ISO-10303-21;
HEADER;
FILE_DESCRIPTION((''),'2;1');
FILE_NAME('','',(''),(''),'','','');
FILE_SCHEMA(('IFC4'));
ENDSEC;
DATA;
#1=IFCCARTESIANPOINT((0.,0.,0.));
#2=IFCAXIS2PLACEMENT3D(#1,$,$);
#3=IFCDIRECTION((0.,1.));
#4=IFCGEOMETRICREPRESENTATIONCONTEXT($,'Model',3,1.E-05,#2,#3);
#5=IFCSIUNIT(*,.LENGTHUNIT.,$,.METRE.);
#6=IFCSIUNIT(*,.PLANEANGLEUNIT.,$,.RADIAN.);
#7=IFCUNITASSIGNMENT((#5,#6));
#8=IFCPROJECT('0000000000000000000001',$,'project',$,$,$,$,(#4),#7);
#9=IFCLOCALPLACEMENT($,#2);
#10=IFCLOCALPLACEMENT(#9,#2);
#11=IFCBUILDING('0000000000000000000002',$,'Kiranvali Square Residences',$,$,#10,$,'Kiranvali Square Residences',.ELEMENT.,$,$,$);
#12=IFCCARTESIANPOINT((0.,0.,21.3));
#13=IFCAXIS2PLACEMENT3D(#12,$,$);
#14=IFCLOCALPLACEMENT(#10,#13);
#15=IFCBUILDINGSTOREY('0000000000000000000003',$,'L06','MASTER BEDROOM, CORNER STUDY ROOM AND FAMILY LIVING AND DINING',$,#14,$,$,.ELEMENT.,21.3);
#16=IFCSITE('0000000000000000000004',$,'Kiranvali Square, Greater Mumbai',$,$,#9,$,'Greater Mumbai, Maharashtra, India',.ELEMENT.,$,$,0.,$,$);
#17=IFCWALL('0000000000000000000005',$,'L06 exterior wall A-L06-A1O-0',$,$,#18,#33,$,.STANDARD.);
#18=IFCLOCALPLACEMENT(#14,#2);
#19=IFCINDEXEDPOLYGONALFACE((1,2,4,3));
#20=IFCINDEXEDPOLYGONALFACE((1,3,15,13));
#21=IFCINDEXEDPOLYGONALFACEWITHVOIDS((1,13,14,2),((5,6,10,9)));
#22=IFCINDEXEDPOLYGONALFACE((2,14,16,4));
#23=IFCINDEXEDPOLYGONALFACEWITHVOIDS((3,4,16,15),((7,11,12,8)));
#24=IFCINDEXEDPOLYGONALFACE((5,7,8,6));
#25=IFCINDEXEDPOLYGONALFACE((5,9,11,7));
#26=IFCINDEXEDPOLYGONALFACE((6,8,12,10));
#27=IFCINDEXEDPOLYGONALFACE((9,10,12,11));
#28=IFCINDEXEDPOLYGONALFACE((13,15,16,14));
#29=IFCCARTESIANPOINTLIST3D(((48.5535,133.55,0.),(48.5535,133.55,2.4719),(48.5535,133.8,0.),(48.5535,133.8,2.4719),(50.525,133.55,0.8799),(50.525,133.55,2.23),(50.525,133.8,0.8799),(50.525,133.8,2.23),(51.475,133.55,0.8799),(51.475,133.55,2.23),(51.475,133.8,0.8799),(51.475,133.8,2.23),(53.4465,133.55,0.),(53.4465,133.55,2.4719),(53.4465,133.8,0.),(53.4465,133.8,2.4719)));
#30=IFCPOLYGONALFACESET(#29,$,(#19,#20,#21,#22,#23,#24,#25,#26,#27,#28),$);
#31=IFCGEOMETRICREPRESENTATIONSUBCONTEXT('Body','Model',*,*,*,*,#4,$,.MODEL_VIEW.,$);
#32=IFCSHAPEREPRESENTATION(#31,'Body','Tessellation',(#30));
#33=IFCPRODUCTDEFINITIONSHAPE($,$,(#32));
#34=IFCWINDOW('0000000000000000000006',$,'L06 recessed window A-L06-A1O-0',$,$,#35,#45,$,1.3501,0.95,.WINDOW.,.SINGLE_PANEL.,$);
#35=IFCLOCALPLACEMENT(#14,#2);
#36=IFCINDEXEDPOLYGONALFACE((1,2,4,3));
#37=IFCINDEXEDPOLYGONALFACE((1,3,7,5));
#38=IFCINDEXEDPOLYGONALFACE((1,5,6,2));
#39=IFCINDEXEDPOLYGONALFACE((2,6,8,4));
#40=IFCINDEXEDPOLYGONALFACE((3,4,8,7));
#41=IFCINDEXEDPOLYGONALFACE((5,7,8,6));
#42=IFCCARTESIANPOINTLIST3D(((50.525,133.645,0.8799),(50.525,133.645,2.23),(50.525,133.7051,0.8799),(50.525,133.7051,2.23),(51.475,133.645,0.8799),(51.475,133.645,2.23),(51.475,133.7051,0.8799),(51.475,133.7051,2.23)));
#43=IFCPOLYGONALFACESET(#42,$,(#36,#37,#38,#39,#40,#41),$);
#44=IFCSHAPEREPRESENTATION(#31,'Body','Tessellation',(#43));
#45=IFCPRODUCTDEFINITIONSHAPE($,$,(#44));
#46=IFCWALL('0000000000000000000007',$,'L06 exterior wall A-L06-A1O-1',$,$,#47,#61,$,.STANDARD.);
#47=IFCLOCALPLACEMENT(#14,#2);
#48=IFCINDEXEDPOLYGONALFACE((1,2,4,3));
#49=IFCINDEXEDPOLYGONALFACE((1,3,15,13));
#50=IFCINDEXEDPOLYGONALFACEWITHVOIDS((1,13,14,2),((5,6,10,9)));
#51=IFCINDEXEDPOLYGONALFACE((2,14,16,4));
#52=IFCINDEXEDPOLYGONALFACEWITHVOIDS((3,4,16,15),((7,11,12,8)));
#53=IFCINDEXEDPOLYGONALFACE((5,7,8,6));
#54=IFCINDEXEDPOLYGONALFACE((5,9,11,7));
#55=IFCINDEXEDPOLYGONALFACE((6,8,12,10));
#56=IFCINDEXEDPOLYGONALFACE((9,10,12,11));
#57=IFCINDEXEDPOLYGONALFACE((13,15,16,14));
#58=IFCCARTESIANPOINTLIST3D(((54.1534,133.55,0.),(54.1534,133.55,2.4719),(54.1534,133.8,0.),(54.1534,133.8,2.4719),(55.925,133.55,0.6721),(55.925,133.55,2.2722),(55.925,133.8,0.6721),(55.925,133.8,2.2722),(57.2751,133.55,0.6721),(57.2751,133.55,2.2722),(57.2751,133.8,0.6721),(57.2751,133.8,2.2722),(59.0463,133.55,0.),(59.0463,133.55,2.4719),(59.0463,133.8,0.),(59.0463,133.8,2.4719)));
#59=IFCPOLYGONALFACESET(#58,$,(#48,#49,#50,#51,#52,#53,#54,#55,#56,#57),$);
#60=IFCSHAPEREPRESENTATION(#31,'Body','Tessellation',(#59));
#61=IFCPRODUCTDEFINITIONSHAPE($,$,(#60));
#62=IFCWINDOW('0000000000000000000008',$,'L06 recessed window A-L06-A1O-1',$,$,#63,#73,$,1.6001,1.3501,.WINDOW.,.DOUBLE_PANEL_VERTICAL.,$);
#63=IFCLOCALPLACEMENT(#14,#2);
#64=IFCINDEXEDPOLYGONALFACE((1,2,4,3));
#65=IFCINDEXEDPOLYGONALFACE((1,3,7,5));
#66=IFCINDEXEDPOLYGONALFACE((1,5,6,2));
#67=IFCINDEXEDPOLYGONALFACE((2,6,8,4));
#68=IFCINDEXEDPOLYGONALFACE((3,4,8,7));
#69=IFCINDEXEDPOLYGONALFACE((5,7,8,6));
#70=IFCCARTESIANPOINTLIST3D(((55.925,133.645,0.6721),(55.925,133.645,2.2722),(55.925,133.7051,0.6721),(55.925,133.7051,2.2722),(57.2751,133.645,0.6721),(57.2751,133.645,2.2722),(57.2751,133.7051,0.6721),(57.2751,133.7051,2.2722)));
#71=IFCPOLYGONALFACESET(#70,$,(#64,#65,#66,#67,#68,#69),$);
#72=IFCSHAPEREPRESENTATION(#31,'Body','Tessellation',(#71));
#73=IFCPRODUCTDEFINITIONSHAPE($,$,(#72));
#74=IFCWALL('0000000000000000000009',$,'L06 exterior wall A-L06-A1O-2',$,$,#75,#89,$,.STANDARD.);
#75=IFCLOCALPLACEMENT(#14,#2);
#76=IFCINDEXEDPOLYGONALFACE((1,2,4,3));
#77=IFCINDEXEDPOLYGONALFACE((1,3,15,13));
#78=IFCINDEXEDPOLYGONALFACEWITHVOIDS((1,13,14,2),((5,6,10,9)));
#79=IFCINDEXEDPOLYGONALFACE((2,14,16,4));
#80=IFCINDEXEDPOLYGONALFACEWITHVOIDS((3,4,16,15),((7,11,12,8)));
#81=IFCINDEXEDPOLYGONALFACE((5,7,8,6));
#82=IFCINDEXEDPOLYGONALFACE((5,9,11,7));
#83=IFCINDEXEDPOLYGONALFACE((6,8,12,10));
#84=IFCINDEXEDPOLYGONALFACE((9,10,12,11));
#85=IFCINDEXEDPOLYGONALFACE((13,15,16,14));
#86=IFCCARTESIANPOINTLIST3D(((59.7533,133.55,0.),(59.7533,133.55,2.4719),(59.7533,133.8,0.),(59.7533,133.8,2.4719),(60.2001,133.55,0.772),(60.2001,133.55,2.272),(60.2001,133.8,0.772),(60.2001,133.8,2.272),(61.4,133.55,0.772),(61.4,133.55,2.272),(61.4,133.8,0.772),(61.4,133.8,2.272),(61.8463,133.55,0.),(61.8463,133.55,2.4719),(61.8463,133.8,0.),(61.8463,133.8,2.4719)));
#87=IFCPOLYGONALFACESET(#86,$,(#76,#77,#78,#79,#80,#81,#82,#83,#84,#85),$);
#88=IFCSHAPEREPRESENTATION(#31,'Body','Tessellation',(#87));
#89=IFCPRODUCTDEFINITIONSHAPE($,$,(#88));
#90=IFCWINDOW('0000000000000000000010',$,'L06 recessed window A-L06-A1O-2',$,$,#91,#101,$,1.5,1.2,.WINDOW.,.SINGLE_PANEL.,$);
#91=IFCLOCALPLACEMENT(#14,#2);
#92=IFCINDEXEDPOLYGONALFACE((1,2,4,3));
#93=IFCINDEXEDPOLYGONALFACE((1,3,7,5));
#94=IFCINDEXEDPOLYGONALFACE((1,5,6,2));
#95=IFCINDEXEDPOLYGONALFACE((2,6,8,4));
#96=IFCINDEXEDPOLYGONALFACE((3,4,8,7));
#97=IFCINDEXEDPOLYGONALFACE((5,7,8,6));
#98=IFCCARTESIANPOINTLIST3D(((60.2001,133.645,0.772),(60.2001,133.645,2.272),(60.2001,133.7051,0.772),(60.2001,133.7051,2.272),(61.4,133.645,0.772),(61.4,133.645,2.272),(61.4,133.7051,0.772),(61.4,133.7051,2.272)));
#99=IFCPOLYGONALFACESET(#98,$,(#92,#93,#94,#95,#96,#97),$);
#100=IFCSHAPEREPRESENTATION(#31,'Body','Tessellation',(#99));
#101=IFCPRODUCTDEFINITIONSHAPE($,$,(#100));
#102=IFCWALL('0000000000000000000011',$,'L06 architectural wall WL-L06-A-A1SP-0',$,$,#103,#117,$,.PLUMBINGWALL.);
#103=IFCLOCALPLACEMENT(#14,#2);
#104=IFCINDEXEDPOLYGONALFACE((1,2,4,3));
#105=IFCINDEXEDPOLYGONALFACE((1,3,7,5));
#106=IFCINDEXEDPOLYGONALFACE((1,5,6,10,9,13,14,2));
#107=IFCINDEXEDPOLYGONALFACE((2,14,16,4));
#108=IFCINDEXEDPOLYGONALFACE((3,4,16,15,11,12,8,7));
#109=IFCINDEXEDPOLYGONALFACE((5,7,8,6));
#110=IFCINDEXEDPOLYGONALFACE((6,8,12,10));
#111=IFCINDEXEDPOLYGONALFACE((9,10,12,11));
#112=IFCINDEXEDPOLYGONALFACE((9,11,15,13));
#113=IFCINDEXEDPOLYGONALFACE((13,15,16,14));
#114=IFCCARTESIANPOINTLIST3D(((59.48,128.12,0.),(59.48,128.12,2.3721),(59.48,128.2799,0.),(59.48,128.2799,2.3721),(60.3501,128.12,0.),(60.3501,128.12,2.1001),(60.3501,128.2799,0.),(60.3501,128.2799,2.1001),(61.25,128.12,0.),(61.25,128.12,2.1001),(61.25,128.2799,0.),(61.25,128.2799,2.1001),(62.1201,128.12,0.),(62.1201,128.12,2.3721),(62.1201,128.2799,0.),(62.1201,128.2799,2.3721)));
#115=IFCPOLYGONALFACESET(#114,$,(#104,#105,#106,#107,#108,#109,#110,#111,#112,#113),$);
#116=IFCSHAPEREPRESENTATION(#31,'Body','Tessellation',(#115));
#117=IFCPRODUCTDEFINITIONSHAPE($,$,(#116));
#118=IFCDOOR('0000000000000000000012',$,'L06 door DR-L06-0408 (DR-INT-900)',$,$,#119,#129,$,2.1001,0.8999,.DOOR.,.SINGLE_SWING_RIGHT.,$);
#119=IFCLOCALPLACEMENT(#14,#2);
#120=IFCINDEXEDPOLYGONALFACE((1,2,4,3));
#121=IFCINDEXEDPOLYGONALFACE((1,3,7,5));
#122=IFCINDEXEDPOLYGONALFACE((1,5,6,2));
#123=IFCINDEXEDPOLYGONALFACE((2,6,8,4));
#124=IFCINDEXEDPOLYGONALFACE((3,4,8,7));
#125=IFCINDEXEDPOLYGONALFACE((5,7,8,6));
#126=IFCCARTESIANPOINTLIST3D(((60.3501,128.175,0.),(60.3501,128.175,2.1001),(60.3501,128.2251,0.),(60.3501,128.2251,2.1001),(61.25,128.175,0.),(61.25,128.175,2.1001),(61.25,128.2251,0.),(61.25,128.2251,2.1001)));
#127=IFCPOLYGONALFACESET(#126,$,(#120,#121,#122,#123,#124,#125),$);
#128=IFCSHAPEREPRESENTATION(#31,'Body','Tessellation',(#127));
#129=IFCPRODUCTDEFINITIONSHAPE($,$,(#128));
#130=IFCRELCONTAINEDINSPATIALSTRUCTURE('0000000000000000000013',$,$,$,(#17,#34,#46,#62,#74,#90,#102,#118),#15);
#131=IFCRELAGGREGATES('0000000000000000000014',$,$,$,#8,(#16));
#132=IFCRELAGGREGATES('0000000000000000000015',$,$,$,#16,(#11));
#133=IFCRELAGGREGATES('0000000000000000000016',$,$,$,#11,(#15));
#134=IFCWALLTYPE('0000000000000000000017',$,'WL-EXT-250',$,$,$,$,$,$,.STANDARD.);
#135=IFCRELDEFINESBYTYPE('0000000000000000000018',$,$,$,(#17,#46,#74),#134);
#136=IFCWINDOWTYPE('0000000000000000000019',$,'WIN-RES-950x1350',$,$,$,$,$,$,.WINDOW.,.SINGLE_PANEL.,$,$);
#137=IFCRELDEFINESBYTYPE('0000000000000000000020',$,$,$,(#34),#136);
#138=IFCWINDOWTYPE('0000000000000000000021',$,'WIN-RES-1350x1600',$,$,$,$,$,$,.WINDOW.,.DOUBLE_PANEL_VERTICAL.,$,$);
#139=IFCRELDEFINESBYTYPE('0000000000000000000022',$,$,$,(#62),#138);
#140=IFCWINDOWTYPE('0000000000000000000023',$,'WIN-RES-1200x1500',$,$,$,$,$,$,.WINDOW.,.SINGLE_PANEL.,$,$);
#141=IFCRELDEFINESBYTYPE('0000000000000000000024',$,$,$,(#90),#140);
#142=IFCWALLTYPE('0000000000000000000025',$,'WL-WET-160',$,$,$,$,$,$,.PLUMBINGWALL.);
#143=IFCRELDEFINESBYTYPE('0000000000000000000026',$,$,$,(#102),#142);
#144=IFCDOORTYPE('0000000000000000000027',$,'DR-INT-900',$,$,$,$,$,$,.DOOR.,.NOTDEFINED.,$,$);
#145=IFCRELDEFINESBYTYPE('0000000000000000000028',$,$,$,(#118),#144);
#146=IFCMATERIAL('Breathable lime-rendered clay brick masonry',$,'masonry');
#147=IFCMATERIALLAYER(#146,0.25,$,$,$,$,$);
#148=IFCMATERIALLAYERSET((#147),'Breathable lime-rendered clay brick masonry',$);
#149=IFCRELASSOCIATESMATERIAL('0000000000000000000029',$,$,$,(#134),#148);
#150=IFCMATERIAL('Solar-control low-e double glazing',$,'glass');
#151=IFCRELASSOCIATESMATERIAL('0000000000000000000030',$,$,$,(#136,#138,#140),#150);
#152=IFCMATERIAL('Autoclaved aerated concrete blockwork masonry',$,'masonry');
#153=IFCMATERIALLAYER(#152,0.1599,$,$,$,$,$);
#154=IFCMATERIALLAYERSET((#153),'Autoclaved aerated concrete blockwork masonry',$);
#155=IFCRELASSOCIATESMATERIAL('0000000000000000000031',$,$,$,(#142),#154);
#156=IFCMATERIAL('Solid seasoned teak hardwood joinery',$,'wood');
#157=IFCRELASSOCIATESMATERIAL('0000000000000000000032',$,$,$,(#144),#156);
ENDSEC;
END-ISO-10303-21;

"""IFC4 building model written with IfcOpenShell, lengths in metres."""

from ifc_helpers import new_model, si_unit, direction, frame, frame_2d, origin, place, context, subcontext, project, spatial, rectangle, extrude, material, layer, layer_set, type_object, element, fill, save


model = new_model("IFC4")

# Units and contexts
model_context = context("Model", 3, precision=1e-05, world=origin(), true_north=direction((0.0, 1.0)))
body_context = subcontext(model_context, "Body", "Model", "MODEL_VIEW")
ifc_project = project(units=[si_unit("LENGTHUNIT", "METRE"), si_unit("PLANEANGLEUNIT", "RADIAN")], contexts=[model_context])

# Site, building, storey
site_placement = place(None, origin())
site = spatial("IfcSite", under=ifc_project, at=site_placement, Name="Kiranvali Square, Greater Mumbai", LongName="Greater Mumbai, Maharashtra, India", CompositionType="ELEMENT", RefElevation=0.0)
building_placement = place(site_placement, origin())
building = spatial("IfcBuilding", under=site, at=building_placement, Name="Kiranvali Square Residences", LongName="Kiranvali Square Residences", CompositionType="ELEMENT")
storey_placement = place(building_placement, frame((0.0, 0.0, 21.3)))
storey = spatial("IfcBuildingStorey", under=building, at=storey_placement, Name="L06", Description="MASTER BEDROOM, CORNER STUDY ROOM AND FAMILY LIVING AND DINING", CompositionType="ELEMENT", Elevation=21.3)

# Walls, openings, windows
ifc_material_1 = material(Name="Breathable lime-rendered clay brick masonry", Category="masonry")
ifc_layer_1 = layer(ifc_material_1, 0.25)
ifc_layer_set_1 = layer_set([ifc_layer_1], Name="Breathable lime-rendered clay brick masonry")
wall_type_1 = type_object("IfcWallType", Name="WL-EXT-250", PredefinedType="STANDARD", material=ifc_layer_set_1)
wall_1_placement = place(storey_placement, frame((48.5535, 133.675, 0.0), z_axis=(0.0, 0.0, 1.0), x_axis=(1.0, 0.0, 0.0)))
wall_1 = element("IfcWall", 1, at=wall_1_placement, inside=storey, type_object=wall_type_1, Name="L06 exterior wall A-L06-A1O-0", PredefinedType="STANDARD", context=body_context, shape_type="SweptSolid", body=[
    extrude(rectangle(XDim=4.8931, YDim=0.25, at=frame_2d((2.4465, 0.0))), origin(), (0.0, 0.0, 1.0), 2.4719),
])
opening_1_placement = place(wall_1_placement, frame((1.9714, 0.0, 0.8799)))
opening_1 = element("IfcOpeningElement", 2, at=opening_1_placement, cuts=wall_1, PredefinedType="OPENING", context=body_context, shape_type="SweptSolid", body=[
    extrude(rectangle(XDim=0.95, YDim=1.3501, at=frame_2d((0.4751, 0.675))), frame((0.0, 0.135, 0.0), z_axis=(0.0, -1.0, 0.0), x_axis=(1.0, 0.0, 0.0)), (0.0, 0.0, 1.0), 0.27),
])
ifc_material_2 = material(Name="Solar-control low-e double glazing", Category="glass")
window_type_1 = type_object("IfcWindowType", Name="WIN-RES-950x1350", PartitioningType="SINGLE_PANEL", PredefinedType="WINDOW", material=ifc_material_2)
window_1_placement = place(opening_1_placement, origin())
window_1 = element("IfcWindow", 3, at=window_1_placement, inside=storey, type_object=window_type_1, Name="L06 recessed window A-L06-A1O-0", OverallHeight=1.3501, OverallWidth=0.95, PartitioningType="SINGLE_PANEL", PredefinedType="WINDOW", context=body_context, shape_type="SweptSolid", body=[
    extrude(rectangle(XDim=0.95, YDim=1.3501, at=frame_2d((0.4751, 0.675))), frame((0.0, 0.03, 0.0), z_axis=(0.0, -1.0, 0.0), x_axis=(1.0, 0.0, 0.0)), (0.0, 0.0, 1.0), 0.0601),
])
fill(opening_1, window_1)
wall_2_placement = place(storey_placement, frame((54.1536, 133.675, 0.0), z_axis=(0.0, 0.0, 1.0), x_axis=(1.0, 0.0, 0.0)))
wall_2 = element("IfcWall", 4, at=wall_2_placement, inside=storey, type_object=wall_type_1, Name="L06 exterior wall A-L06-A1O-1", PredefinedType="STANDARD", context=body_context, shape_type="SweptSolid", body=[
    extrude(rectangle(XDim=4.8928, YDim=0.25, at=frame_2d((2.4463, 0.0))), origin(), (0.0, 0.0, 1.0), 2.4719),
])
opening_2_placement = place(wall_2_placement, frame((1.7715, 0.0, 0.6721)))
opening_2 = element("IfcOpeningElement", 5, at=opening_2_placement, cuts=wall_2, PredefinedType="OPENING", context=body_context, shape_type="SweptSolid", body=[
    extrude(rectangle(XDim=1.3501, YDim=1.6001, at=frame_2d((0.675, 0.8))), frame((0.0, 0.135, 0.0), z_axis=(0.0, -1.0, 0.0), x_axis=(1.0, 0.0, 0.0)), (0.0, 0.0, 1.0), 0.27),
])
window_type_2 = type_object("IfcWindowType", Name="WIN-RES-1350x1600", PartitioningType="DOUBLE_PANEL_VERTICAL", PredefinedType="WINDOW", material=ifc_material_2)
window_2_placement = place(opening_2_placement, origin())
window_2 = element("IfcWindow", 6, at=window_2_placement, inside=storey, type_object=window_type_2, Name="L06 recessed window A-L06-A1O-1", OverallHeight=1.6001, OverallWidth=1.3501, PartitioningType="DOUBLE_PANEL_VERTICAL", PredefinedType="WINDOW", context=body_context, shape_type="SweptSolid", body=[
    extrude(rectangle(XDim=1.3501, YDim=1.6001, at=frame_2d((0.675, 0.8))), frame((0.0, 0.03, 0.0), z_axis=(0.0, -1.0, 0.0), x_axis=(1.0, 0.0, 0.0)), (0.0, 0.0, 1.0), 0.0601),
])
fill(opening_2, window_2)
wall_3_placement = place(storey_placement, frame((59.7534, 133.675, 0.0), z_axis=(0.0, 0.0, 1.0), x_axis=(1.0, 0.0, 0.0)))
wall_3 = element("IfcWall", 7, at=wall_3_placement, inside=storey, type_object=wall_type_1, Name="L06 exterior wall A-L06-A1O-2", PredefinedType="STANDARD", context=body_context, shape_type="SweptSolid", body=[
    extrude(rectangle(XDim=2.093, YDim=0.25, at=frame_2d((1.0464, 0.0))), origin(), (0.0, 0.0, 1.0), 2.4719),
])
opening_3_placement = place(wall_3_placement, frame((0.4465, 0.0, 0.772)))
opening_3 = element("IfcOpeningElement", 8, at=opening_3_placement, cuts=wall_3, PredefinedType="OPENING", context=body_context, shape_type="SweptSolid", body=[
    extrude(rectangle(XDim=1.2, YDim=1.5, at=frame_2d((0.6001, 0.75))), frame((0.0, 0.135, 0.0), z_axis=(0.0, -1.0, 0.0), x_axis=(1.0, 0.0, 0.0)), (0.0, 0.0, 1.0), 0.27),
])
window_type_3 = type_object("IfcWindowType", Name="WIN-RES-1200x1500", PartitioningType="SINGLE_PANEL", PredefinedType="WINDOW", material=ifc_material_2)
window_3_placement = place(opening_3_placement, origin())
window_3 = element("IfcWindow", 9, at=window_3_placement, inside=storey, type_object=window_type_3, Name="L06 recessed window A-L06-A1O-2", OverallHeight=1.5, OverallWidth=1.2, PartitioningType="SINGLE_PANEL", PredefinedType="WINDOW", context=body_context, shape_type="SweptSolid", body=[
    extrude(rectangle(XDim=1.2, YDim=1.5, at=frame_2d((0.6001, 0.75))), frame((0.0, 0.03, 0.0), z_axis=(0.0, -1.0, 0.0), x_axis=(1.0, 0.0, 0.0)), (0.0, 0.0, 1.0), 0.0601),
])
fill(opening_3, window_3)

# Wall, opening, door
ifc_material_3 = material(Name="Autoclaved aerated concrete blockwork masonry", Category="masonry")
ifc_layer_2 = layer(ifc_material_3, 0.1599)
ifc_layer_set_2 = layer_set([ifc_layer_2], Name="Autoclaved aerated concrete blockwork masonry")
wall_type_2 = type_object("IfcWallType", Name="WL-WET-160", PredefinedType="PLUMBINGWALL", material=ifc_layer_set_2)
wall_4_placement = place(storey_placement, frame((59.48, 128.2, 0.0), z_axis=(0.0, 0.0, 1.0), x_axis=(1.0, 0.0, 0.0)))
wall_4 = element("IfcWall", 10, at=wall_4_placement, inside=storey, type_object=wall_type_2, Name="L06 architectural wall WL-L06-A-A1SP-0", PredefinedType="PLUMBINGWALL", context=body_context, shape_type="SweptSolid", body=[
    extrude(rectangle(XDim=2.6401, YDim=0.1599, at=frame_2d((1.3201, 0.0))), origin(), (0.0, 0.0, 1.0), 2.3721),
])
opening_4_placement = place(wall_4_placement, frame((0.8701, 0.0, 0.0)))
opening_4 = element("IfcOpeningElement", 11, at=opening_4_placement, cuts=wall_4, PredefinedType="OPENING", context=body_context, shape_type="SweptSolid", body=[
    extrude(rectangle(XDim=0.8999, YDim=2.1001, at=frame_2d((0.45, 1.05))), frame((0.0, 0.0898, 0.0), z_axis=(0.0, -1.0, 0.0), x_axis=(1.0, 0.0, 0.0)), (0.0, 0.0, 1.0), 0.1799),
])
ifc_material_4 = material(Name="Solid seasoned teak hardwood joinery", Category="wood")
door_type = type_object("IfcDoorType", Name="DR-INT-900", OperationType="NOTDEFINED", PredefinedType="DOOR", material=ifc_material_4)
door_placement = place(opening_4_placement, frame((0.8999, 0.0, 0.0), z_axis=(0.0, 0.0, 1.0), x_axis=(-1.0, 0.0, 0.0)))
door = element("IfcDoor", 12, at=door_placement, inside=storey, type_object=door_type, Name="L06 door DR-L06-0408 (DR-INT-900)", OperationType="SINGLE_SWING_RIGHT", OverallHeight=2.1001, OverallWidth=0.8999, PredefinedType="DOOR", context=body_context, shape_type="SweptSolid", body=[
    extrude(rectangle(XDim=0.8999, YDim=2.1001, at=frame_2d((0.45, 1.05))), frame((0.0, 0.0249, 0.0), z_axis=(0.0, -1.0, 0.0), x_axis=(1.0, 0.0, 0.0)), (0.0, 0.0, 1.0), 0.05),
])
fill(opening_4, door)

save(model, "model.ifc")
